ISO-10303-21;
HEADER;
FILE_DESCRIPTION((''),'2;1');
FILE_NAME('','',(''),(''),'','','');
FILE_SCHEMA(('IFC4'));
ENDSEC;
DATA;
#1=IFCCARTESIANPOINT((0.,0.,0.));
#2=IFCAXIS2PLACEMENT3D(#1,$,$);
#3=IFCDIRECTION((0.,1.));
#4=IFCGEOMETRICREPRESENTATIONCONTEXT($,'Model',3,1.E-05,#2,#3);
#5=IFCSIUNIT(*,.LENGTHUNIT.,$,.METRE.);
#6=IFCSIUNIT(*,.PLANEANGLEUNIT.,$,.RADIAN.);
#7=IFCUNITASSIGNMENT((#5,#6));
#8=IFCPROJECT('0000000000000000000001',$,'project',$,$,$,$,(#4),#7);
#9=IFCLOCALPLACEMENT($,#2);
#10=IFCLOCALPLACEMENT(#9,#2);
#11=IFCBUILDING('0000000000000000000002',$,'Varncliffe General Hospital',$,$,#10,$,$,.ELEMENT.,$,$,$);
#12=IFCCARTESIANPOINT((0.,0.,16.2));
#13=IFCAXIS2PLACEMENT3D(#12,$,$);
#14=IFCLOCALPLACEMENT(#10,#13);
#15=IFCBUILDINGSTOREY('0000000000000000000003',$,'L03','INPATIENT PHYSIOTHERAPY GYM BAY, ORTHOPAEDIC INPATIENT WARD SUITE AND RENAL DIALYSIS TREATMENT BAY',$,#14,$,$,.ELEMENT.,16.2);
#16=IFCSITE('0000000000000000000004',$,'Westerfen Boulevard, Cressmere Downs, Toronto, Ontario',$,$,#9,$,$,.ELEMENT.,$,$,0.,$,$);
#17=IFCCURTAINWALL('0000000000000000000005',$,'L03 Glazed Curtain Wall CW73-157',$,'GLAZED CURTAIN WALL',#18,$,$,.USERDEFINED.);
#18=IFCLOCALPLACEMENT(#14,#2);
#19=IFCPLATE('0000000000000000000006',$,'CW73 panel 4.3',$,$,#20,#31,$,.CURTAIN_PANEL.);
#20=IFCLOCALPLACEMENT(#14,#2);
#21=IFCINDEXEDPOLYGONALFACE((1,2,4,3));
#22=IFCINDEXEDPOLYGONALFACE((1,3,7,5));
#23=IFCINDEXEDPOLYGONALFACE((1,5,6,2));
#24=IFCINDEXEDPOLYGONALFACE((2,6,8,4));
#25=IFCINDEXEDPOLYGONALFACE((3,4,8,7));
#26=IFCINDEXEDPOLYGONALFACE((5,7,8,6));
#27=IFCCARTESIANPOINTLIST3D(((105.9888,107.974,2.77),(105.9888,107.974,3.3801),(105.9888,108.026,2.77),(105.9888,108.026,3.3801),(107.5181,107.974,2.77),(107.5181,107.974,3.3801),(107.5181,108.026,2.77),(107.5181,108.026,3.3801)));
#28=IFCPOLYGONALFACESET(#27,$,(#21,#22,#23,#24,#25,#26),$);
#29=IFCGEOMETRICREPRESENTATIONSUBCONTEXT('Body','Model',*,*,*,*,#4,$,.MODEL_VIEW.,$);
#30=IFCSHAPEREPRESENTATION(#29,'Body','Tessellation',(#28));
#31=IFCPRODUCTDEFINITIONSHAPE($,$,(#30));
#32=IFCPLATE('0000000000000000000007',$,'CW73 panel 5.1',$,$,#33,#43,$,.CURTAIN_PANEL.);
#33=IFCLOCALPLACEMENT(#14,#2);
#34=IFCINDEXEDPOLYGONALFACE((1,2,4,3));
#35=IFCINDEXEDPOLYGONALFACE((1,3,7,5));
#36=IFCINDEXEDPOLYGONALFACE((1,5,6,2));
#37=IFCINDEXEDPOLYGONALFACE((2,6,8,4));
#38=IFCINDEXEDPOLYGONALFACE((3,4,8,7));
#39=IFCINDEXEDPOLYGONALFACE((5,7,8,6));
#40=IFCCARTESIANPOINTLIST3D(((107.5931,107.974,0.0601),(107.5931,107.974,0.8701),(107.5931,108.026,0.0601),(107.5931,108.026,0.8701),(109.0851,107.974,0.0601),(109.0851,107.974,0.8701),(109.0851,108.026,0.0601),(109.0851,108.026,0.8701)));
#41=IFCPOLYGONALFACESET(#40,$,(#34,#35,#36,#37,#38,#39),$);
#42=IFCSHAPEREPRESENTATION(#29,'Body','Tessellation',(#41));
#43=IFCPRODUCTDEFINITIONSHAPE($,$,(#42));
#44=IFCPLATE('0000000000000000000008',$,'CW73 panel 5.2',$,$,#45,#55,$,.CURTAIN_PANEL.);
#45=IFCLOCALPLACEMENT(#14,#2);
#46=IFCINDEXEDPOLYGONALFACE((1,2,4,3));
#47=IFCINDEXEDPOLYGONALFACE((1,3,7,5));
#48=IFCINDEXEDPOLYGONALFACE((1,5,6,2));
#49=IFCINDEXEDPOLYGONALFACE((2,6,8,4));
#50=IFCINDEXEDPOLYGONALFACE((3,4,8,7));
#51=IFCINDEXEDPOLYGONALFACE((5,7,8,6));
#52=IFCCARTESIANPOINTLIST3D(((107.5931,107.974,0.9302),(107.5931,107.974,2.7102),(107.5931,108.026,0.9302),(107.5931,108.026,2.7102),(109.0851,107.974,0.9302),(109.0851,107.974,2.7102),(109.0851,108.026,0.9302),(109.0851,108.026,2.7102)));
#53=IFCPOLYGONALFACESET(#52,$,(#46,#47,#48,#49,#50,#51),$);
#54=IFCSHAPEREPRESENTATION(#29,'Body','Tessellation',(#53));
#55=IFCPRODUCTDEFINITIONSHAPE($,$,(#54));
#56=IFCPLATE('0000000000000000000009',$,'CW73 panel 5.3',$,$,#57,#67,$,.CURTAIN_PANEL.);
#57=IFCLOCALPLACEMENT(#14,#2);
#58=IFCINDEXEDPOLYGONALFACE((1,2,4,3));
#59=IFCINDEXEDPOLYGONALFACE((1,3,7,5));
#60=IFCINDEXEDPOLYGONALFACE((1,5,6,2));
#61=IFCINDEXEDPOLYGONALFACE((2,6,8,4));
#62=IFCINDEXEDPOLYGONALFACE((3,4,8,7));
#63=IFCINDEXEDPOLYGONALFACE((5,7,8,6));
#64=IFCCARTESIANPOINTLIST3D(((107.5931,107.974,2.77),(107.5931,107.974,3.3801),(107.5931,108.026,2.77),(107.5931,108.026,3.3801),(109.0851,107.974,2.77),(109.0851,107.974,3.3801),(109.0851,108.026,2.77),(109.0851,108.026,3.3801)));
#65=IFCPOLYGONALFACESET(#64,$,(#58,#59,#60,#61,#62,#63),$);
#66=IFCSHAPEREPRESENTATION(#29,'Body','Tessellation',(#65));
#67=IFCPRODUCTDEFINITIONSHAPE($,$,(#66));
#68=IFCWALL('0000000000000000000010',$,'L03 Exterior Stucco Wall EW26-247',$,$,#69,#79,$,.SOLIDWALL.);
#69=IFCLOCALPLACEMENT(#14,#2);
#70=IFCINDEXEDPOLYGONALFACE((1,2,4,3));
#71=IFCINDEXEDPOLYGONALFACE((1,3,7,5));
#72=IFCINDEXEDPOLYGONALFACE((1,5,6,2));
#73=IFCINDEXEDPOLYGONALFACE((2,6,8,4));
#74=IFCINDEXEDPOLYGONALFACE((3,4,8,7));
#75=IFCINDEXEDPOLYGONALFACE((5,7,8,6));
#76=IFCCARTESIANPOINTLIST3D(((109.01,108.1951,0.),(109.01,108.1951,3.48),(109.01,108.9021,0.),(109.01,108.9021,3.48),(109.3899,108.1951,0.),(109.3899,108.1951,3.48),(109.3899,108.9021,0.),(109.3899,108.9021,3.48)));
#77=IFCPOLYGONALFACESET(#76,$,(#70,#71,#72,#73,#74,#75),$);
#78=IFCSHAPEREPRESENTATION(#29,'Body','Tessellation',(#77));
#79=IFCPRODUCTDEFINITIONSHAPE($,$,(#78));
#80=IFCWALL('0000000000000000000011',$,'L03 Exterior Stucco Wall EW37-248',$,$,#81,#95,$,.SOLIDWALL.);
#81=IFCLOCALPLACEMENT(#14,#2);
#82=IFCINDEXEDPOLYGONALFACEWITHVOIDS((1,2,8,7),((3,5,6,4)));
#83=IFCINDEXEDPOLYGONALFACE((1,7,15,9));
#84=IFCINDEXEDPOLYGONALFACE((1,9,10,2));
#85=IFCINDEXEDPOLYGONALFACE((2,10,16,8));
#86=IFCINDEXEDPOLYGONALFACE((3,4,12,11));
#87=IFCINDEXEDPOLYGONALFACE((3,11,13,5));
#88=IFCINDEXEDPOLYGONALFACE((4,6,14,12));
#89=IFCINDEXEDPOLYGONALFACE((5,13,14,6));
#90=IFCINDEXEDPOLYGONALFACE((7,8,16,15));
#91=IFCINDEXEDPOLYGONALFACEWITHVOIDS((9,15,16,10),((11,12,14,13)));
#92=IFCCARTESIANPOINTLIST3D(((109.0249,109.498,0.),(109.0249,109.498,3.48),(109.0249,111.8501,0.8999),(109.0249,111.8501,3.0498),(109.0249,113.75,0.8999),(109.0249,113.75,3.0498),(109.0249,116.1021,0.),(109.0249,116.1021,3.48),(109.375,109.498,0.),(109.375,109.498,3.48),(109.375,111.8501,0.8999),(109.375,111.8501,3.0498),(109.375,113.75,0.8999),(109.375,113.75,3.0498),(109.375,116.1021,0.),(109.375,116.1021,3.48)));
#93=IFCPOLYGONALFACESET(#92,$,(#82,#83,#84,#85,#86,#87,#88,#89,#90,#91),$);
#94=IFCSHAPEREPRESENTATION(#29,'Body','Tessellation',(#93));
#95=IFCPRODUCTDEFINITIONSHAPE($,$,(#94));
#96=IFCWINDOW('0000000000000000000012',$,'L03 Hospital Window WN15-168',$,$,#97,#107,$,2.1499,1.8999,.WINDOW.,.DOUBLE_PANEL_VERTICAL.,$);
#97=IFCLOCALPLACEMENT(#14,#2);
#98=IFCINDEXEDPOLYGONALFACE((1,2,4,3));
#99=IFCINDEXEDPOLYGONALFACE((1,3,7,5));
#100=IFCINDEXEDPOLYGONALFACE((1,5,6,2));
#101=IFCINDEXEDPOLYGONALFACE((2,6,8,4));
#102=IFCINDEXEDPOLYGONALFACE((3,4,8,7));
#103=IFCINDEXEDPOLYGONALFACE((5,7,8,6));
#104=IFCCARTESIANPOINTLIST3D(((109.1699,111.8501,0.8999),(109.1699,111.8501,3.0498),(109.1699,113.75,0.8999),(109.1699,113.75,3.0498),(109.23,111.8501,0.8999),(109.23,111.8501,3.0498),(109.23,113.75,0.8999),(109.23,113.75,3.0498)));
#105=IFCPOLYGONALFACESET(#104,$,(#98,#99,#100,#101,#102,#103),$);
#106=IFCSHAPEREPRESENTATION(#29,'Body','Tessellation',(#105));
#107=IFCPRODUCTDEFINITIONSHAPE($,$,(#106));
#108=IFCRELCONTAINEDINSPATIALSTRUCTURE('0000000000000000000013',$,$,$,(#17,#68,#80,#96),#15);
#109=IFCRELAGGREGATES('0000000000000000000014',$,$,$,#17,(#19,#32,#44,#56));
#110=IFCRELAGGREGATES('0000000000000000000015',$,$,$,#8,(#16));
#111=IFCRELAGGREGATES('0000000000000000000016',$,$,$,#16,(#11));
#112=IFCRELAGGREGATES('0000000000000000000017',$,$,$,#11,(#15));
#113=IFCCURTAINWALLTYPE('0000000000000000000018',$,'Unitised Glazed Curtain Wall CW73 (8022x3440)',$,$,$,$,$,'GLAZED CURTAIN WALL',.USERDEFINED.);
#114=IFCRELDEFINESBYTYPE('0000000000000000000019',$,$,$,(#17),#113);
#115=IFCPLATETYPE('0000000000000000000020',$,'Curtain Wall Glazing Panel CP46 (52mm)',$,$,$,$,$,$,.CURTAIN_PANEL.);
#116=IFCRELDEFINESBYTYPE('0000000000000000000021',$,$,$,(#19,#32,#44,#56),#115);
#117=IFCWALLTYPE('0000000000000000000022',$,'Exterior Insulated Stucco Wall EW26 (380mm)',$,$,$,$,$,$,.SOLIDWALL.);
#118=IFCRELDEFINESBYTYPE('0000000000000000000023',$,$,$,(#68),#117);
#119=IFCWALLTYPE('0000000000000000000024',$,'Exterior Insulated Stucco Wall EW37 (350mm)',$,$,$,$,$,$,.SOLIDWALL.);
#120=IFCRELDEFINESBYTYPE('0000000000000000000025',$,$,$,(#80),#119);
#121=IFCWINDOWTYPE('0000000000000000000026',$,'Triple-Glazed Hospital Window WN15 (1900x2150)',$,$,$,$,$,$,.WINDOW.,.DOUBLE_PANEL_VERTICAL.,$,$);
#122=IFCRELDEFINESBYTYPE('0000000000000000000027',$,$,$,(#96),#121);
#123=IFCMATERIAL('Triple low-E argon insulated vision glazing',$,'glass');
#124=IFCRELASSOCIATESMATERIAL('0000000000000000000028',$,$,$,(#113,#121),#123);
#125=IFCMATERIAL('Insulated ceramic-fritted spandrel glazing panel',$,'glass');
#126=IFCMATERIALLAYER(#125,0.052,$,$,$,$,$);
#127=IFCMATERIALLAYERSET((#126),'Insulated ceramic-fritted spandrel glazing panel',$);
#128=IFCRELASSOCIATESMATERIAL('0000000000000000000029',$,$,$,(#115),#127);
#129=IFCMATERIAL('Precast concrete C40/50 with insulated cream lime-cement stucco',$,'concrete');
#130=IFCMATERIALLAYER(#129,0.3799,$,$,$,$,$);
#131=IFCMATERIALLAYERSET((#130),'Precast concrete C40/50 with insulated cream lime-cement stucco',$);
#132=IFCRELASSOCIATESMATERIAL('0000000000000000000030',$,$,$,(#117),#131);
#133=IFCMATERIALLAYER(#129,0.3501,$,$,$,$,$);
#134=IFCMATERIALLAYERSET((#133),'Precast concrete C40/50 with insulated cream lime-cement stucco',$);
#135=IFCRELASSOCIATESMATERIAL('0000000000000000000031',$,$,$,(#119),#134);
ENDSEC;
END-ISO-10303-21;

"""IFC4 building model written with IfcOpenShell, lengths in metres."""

from ifc_helpers import new_model, si_unit, direction, frame, frame_2d, origin, origin_2d, place, context, subcontext, project, spatial, rectangle, extrude, material, layer, layer_set, type_object, element, fill, aggregate, save


model = new_model("IFC4")

# Units and contexts
model_context = context("Model", 3, precision=1e-05, world=origin(), true_north=direction((0.0, 1.0)))
body_context = subcontext(model_context, "Body", "Model", "MODEL_VIEW")
ifc_project = project(units=[si_unit("LENGTHUNIT", "METRE"), si_unit("PLANEANGLEUNIT", "RADIAN")], contexts=[model_context])

# Site, building, storey
site_placement = place(None, origin())
site = spatial("IfcSite", under=ifc_project, at=site_placement, Name="Westerfen Boulevard, Cressmere Downs, Toronto, Ontario", CompositionType="ELEMENT", RefElevation=0.0)
building_placement = place(site_placement, origin())
building = spatial("IfcBuilding", under=site, at=building_placement, Name="Varncliffe General Hospital", CompositionType="ELEMENT")
storey_placement = place(building_placement, frame((0.0, 0.0, 16.2)))
storey = spatial("IfcBuildingStorey", under=building, at=storey_placement, Name="L03", Description="INPATIENT PHYSIOTHERAPY GYM BAY, ORTHOPAEDIC INPATIENT WARD SUITE AND RENAL DIALYSIS TREATMENT BAY", CompositionType="ELEMENT", Elevation=16.2)

# Curtain wall
ifc_material_1 = material(Name="Triple low-E argon insulated vision glazing", Category="glass")
curtain_wall_type = type_object("IfcCurtainWallType", Name="Unitised Glazed Curtain Wall CW73 (8022x3440)", ElementType="GLAZED CURTAIN WALL", PredefinedType="USERDEFINED", material=ifc_material_1)
curtain_wall_placement = place(storey_placement, origin())
curtain_wall = element("IfcCurtainWall", 1, at=curtain_wall_placement, inside=storey, type_object=curtain_wall_type, Name="L03 Glazed Curtain Wall CW73-157", ObjectType="GLAZED CURTAIN WALL", PredefinedType="USERDEFINED")

# Plates
ifc_material_2 = material(Name="Insulated ceramic-fritted spandrel glazing panel", Category="glass")
ifc_layer_1 = layer(ifc_material_2, 0.052)
ifc_layer_set_1 = layer_set([ifc_layer_1], Name="Insulated ceramic-fritted spandrel glazing panel")
plate_type = type_object("IfcPlateType", Name="Curtain Wall Glazing Panel CP46 (52mm)", PredefinedType="CURTAIN_PANEL", material=ifc_layer_set_1)
plate_1_placement = place(storey_placement, frame((106.7534, 108.0, 2.77), z_axis=(0.0, 0.0, 1.0), x_axis=(1.0, 0.0, 0.0)))
plate_1 = element("IfcPlate", 2, at=plate_1_placement, type_object=plate_type, Name="CW73 panel 4.3", PredefinedType="CURTAIN_PANEL", context=body_context, shape_type="SweptSolid", body=[
    extrude(rectangle(XDim=1.5293, YDim=0.052, at=origin_2d()), origin(), (0.0, 0.0, 1.0), 0.6101),
])
plate_2_placement = place(storey_placement, frame((108.3391, 108.0, 0.0601), z_axis=(0.0, 0.0, 1.0), x_axis=(1.0, 0.0, 0.0)))
plate_2 = element("IfcPlate", 3, at=plate_2_placement, type_object=plate_type, Name="CW73 panel 5.1", PredefinedType="CURTAIN_PANEL", context=body_context, shape_type="SweptSolid", body=[
    extrude(rectangle(XDim=1.4919, YDim=0.052, at=origin_2d()), origin(), (0.0, 0.0, 1.0), 0.8101),
])
plate_3_placement = place(storey_placement, frame((108.3391, 108.0, 0.9302), z_axis=(0.0, 0.0, 1.0), x_axis=(1.0, 0.0, 0.0)))
plate_3 = element("IfcPlate", 4, at=plate_3_placement, type_object=plate_type, Name="CW73 panel 5.2", PredefinedType="CURTAIN_PANEL", context=body_context, shape_type="SweptSolid", body=[
    extrude(rectangle(XDim=1.4919, YDim=0.052, at=origin_2d()), origin(), (0.0, 0.0, 1.0), 1.78),
])
plate_4_placement = place(storey_placement, frame((108.3391, 108.0, 2.77), z_axis=(0.0, 0.0, 1.0), x_axis=(1.0, 0.0, 0.0)))
plate_4 = element("IfcPlate", 5, at=plate_4_placement, type_object=plate_type, Name="CW73 panel 5.3", PredefinedType="CURTAIN_PANEL", context=body_context, shape_type="SweptSolid", body=[
    extrude(rectangle(XDim=1.4919, YDim=0.052, at=origin_2d()), origin(), (0.0, 0.0, 1.0), 0.6101),
])
aggregate(curtain_wall, [plate_1, plate_2, plate_3, plate_4])

# Wall
ifc_material_3 = material(Name="Precast concrete C40/50 with insulated cream lime-cement stucco", Category="concrete")
ifc_layer_2 = layer(ifc_material_3, 0.3799)
ifc_layer_set_2 = layer_set([ifc_layer_2], Name="Precast concrete C40/50 with insulated cream lime-cement stucco")
wall_type_1 = type_object("IfcWallType", Name="Exterior Insulated Stucco Wall EW26 (380mm)", PredefinedType="SOLIDWALL", material=ifc_layer_set_2)
wall_1_placement = place(storey_placement, frame((109.2, 108.1951, 0.0), z_axis=(0.0, 0.0, 1.0), x_axis=(0.0, 1.0, 0.0)))
element("IfcWall", 6, at=wall_1_placement, inside=storey, type_object=wall_type_1, Name="L03 Exterior Stucco Wall EW26-247", PredefinedType="SOLIDWALL", context=body_context, shape_type="SweptSolid", body=[
    extrude(rectangle(XDim=0.707, YDim=0.3799, at=frame_2d((0.3535, 0.0))), origin(), (0.0, 0.0, 1.0), 3.48),
])

# Wall, opening, window
ifc_layer_3 = layer(ifc_material_3, 0.3501)
ifc_layer_set_3 = layer_set([ifc_layer_3], Name="Precast concrete C40/50 with insulated cream lime-cement stucco")
wall_type_2 = type_object("IfcWallType", Name="Exterior Insulated Stucco Wall EW37 (350mm)", PredefinedType="SOLIDWALL", material=ifc_layer_set_3)
wall_2_placement = place(storey_placement, frame((109.2, 109.498, 0.0), z_axis=(0.0, 0.0, 1.0), x_axis=(0.0, 1.0, 0.0)))
wall_2 = element("IfcWall", 7, at=wall_2_placement, inside=storey, type_object=wall_type_2, Name="L03 Exterior Stucco Wall EW37-248", PredefinedType="SOLIDWALL", context=body_context, shape_type="SweptSolid", body=[
    extrude(rectangle(XDim=6.604, YDim=0.3501, at=frame_2d((3.302, 0.0))), origin(), (0.0, 0.0, 1.0), 3.48),
])
opening_placement = place(wall_2_placement, frame((2.3521, 0.0, 0.8999)))
opening = element("IfcOpeningElement", 8, at=opening_placement, cuts=wall_2, PredefinedType="OPENING", context=body_context, shape_type="SweptSolid", body=[
    extrude(rectangle(XDim=1.8999, YDim=2.1499, at=frame_2d((0.95, 1.075))), frame((0.0, 0.1851, 0.0), z_axis=(0.0, -1.0, 0.0), x_axis=(1.0, 0.0, 0.0)), (0.0, 0.0, 1.0), 0.3701),
])
window_type = type_object("IfcWindowType", Name="Triple-Glazed Hospital Window WN15 (1900x2150)", PartitioningType="DOUBLE_PANEL_VERTICAL", PredefinedType="WINDOW", material=ifc_material_1)
window_placement = place(opening_placement, origin())
window = element("IfcWindow", 9, at=window_placement, inside=storey, type_object=window_type, Name="L03 Hospital Window WN15-168", OverallHeight=2.1499, OverallWidth=1.8999, PartitioningType="DOUBLE_PANEL_VERTICAL", PredefinedType="WINDOW", context=body_context, shape_type="SweptSolid", body=[
    extrude(rectangle(XDim=1.8999, YDim=2.1499, at=frame_2d((0.95, 1.075))), frame((0.0, 0.03, 0.0), z_axis=(0.0, -1.0, 0.0), x_axis=(1.0, 0.0, 0.0)), (0.0, 0.0, 1.0), 0.0601),
])
fill(opening, window)

save(model, "model.ifc")
